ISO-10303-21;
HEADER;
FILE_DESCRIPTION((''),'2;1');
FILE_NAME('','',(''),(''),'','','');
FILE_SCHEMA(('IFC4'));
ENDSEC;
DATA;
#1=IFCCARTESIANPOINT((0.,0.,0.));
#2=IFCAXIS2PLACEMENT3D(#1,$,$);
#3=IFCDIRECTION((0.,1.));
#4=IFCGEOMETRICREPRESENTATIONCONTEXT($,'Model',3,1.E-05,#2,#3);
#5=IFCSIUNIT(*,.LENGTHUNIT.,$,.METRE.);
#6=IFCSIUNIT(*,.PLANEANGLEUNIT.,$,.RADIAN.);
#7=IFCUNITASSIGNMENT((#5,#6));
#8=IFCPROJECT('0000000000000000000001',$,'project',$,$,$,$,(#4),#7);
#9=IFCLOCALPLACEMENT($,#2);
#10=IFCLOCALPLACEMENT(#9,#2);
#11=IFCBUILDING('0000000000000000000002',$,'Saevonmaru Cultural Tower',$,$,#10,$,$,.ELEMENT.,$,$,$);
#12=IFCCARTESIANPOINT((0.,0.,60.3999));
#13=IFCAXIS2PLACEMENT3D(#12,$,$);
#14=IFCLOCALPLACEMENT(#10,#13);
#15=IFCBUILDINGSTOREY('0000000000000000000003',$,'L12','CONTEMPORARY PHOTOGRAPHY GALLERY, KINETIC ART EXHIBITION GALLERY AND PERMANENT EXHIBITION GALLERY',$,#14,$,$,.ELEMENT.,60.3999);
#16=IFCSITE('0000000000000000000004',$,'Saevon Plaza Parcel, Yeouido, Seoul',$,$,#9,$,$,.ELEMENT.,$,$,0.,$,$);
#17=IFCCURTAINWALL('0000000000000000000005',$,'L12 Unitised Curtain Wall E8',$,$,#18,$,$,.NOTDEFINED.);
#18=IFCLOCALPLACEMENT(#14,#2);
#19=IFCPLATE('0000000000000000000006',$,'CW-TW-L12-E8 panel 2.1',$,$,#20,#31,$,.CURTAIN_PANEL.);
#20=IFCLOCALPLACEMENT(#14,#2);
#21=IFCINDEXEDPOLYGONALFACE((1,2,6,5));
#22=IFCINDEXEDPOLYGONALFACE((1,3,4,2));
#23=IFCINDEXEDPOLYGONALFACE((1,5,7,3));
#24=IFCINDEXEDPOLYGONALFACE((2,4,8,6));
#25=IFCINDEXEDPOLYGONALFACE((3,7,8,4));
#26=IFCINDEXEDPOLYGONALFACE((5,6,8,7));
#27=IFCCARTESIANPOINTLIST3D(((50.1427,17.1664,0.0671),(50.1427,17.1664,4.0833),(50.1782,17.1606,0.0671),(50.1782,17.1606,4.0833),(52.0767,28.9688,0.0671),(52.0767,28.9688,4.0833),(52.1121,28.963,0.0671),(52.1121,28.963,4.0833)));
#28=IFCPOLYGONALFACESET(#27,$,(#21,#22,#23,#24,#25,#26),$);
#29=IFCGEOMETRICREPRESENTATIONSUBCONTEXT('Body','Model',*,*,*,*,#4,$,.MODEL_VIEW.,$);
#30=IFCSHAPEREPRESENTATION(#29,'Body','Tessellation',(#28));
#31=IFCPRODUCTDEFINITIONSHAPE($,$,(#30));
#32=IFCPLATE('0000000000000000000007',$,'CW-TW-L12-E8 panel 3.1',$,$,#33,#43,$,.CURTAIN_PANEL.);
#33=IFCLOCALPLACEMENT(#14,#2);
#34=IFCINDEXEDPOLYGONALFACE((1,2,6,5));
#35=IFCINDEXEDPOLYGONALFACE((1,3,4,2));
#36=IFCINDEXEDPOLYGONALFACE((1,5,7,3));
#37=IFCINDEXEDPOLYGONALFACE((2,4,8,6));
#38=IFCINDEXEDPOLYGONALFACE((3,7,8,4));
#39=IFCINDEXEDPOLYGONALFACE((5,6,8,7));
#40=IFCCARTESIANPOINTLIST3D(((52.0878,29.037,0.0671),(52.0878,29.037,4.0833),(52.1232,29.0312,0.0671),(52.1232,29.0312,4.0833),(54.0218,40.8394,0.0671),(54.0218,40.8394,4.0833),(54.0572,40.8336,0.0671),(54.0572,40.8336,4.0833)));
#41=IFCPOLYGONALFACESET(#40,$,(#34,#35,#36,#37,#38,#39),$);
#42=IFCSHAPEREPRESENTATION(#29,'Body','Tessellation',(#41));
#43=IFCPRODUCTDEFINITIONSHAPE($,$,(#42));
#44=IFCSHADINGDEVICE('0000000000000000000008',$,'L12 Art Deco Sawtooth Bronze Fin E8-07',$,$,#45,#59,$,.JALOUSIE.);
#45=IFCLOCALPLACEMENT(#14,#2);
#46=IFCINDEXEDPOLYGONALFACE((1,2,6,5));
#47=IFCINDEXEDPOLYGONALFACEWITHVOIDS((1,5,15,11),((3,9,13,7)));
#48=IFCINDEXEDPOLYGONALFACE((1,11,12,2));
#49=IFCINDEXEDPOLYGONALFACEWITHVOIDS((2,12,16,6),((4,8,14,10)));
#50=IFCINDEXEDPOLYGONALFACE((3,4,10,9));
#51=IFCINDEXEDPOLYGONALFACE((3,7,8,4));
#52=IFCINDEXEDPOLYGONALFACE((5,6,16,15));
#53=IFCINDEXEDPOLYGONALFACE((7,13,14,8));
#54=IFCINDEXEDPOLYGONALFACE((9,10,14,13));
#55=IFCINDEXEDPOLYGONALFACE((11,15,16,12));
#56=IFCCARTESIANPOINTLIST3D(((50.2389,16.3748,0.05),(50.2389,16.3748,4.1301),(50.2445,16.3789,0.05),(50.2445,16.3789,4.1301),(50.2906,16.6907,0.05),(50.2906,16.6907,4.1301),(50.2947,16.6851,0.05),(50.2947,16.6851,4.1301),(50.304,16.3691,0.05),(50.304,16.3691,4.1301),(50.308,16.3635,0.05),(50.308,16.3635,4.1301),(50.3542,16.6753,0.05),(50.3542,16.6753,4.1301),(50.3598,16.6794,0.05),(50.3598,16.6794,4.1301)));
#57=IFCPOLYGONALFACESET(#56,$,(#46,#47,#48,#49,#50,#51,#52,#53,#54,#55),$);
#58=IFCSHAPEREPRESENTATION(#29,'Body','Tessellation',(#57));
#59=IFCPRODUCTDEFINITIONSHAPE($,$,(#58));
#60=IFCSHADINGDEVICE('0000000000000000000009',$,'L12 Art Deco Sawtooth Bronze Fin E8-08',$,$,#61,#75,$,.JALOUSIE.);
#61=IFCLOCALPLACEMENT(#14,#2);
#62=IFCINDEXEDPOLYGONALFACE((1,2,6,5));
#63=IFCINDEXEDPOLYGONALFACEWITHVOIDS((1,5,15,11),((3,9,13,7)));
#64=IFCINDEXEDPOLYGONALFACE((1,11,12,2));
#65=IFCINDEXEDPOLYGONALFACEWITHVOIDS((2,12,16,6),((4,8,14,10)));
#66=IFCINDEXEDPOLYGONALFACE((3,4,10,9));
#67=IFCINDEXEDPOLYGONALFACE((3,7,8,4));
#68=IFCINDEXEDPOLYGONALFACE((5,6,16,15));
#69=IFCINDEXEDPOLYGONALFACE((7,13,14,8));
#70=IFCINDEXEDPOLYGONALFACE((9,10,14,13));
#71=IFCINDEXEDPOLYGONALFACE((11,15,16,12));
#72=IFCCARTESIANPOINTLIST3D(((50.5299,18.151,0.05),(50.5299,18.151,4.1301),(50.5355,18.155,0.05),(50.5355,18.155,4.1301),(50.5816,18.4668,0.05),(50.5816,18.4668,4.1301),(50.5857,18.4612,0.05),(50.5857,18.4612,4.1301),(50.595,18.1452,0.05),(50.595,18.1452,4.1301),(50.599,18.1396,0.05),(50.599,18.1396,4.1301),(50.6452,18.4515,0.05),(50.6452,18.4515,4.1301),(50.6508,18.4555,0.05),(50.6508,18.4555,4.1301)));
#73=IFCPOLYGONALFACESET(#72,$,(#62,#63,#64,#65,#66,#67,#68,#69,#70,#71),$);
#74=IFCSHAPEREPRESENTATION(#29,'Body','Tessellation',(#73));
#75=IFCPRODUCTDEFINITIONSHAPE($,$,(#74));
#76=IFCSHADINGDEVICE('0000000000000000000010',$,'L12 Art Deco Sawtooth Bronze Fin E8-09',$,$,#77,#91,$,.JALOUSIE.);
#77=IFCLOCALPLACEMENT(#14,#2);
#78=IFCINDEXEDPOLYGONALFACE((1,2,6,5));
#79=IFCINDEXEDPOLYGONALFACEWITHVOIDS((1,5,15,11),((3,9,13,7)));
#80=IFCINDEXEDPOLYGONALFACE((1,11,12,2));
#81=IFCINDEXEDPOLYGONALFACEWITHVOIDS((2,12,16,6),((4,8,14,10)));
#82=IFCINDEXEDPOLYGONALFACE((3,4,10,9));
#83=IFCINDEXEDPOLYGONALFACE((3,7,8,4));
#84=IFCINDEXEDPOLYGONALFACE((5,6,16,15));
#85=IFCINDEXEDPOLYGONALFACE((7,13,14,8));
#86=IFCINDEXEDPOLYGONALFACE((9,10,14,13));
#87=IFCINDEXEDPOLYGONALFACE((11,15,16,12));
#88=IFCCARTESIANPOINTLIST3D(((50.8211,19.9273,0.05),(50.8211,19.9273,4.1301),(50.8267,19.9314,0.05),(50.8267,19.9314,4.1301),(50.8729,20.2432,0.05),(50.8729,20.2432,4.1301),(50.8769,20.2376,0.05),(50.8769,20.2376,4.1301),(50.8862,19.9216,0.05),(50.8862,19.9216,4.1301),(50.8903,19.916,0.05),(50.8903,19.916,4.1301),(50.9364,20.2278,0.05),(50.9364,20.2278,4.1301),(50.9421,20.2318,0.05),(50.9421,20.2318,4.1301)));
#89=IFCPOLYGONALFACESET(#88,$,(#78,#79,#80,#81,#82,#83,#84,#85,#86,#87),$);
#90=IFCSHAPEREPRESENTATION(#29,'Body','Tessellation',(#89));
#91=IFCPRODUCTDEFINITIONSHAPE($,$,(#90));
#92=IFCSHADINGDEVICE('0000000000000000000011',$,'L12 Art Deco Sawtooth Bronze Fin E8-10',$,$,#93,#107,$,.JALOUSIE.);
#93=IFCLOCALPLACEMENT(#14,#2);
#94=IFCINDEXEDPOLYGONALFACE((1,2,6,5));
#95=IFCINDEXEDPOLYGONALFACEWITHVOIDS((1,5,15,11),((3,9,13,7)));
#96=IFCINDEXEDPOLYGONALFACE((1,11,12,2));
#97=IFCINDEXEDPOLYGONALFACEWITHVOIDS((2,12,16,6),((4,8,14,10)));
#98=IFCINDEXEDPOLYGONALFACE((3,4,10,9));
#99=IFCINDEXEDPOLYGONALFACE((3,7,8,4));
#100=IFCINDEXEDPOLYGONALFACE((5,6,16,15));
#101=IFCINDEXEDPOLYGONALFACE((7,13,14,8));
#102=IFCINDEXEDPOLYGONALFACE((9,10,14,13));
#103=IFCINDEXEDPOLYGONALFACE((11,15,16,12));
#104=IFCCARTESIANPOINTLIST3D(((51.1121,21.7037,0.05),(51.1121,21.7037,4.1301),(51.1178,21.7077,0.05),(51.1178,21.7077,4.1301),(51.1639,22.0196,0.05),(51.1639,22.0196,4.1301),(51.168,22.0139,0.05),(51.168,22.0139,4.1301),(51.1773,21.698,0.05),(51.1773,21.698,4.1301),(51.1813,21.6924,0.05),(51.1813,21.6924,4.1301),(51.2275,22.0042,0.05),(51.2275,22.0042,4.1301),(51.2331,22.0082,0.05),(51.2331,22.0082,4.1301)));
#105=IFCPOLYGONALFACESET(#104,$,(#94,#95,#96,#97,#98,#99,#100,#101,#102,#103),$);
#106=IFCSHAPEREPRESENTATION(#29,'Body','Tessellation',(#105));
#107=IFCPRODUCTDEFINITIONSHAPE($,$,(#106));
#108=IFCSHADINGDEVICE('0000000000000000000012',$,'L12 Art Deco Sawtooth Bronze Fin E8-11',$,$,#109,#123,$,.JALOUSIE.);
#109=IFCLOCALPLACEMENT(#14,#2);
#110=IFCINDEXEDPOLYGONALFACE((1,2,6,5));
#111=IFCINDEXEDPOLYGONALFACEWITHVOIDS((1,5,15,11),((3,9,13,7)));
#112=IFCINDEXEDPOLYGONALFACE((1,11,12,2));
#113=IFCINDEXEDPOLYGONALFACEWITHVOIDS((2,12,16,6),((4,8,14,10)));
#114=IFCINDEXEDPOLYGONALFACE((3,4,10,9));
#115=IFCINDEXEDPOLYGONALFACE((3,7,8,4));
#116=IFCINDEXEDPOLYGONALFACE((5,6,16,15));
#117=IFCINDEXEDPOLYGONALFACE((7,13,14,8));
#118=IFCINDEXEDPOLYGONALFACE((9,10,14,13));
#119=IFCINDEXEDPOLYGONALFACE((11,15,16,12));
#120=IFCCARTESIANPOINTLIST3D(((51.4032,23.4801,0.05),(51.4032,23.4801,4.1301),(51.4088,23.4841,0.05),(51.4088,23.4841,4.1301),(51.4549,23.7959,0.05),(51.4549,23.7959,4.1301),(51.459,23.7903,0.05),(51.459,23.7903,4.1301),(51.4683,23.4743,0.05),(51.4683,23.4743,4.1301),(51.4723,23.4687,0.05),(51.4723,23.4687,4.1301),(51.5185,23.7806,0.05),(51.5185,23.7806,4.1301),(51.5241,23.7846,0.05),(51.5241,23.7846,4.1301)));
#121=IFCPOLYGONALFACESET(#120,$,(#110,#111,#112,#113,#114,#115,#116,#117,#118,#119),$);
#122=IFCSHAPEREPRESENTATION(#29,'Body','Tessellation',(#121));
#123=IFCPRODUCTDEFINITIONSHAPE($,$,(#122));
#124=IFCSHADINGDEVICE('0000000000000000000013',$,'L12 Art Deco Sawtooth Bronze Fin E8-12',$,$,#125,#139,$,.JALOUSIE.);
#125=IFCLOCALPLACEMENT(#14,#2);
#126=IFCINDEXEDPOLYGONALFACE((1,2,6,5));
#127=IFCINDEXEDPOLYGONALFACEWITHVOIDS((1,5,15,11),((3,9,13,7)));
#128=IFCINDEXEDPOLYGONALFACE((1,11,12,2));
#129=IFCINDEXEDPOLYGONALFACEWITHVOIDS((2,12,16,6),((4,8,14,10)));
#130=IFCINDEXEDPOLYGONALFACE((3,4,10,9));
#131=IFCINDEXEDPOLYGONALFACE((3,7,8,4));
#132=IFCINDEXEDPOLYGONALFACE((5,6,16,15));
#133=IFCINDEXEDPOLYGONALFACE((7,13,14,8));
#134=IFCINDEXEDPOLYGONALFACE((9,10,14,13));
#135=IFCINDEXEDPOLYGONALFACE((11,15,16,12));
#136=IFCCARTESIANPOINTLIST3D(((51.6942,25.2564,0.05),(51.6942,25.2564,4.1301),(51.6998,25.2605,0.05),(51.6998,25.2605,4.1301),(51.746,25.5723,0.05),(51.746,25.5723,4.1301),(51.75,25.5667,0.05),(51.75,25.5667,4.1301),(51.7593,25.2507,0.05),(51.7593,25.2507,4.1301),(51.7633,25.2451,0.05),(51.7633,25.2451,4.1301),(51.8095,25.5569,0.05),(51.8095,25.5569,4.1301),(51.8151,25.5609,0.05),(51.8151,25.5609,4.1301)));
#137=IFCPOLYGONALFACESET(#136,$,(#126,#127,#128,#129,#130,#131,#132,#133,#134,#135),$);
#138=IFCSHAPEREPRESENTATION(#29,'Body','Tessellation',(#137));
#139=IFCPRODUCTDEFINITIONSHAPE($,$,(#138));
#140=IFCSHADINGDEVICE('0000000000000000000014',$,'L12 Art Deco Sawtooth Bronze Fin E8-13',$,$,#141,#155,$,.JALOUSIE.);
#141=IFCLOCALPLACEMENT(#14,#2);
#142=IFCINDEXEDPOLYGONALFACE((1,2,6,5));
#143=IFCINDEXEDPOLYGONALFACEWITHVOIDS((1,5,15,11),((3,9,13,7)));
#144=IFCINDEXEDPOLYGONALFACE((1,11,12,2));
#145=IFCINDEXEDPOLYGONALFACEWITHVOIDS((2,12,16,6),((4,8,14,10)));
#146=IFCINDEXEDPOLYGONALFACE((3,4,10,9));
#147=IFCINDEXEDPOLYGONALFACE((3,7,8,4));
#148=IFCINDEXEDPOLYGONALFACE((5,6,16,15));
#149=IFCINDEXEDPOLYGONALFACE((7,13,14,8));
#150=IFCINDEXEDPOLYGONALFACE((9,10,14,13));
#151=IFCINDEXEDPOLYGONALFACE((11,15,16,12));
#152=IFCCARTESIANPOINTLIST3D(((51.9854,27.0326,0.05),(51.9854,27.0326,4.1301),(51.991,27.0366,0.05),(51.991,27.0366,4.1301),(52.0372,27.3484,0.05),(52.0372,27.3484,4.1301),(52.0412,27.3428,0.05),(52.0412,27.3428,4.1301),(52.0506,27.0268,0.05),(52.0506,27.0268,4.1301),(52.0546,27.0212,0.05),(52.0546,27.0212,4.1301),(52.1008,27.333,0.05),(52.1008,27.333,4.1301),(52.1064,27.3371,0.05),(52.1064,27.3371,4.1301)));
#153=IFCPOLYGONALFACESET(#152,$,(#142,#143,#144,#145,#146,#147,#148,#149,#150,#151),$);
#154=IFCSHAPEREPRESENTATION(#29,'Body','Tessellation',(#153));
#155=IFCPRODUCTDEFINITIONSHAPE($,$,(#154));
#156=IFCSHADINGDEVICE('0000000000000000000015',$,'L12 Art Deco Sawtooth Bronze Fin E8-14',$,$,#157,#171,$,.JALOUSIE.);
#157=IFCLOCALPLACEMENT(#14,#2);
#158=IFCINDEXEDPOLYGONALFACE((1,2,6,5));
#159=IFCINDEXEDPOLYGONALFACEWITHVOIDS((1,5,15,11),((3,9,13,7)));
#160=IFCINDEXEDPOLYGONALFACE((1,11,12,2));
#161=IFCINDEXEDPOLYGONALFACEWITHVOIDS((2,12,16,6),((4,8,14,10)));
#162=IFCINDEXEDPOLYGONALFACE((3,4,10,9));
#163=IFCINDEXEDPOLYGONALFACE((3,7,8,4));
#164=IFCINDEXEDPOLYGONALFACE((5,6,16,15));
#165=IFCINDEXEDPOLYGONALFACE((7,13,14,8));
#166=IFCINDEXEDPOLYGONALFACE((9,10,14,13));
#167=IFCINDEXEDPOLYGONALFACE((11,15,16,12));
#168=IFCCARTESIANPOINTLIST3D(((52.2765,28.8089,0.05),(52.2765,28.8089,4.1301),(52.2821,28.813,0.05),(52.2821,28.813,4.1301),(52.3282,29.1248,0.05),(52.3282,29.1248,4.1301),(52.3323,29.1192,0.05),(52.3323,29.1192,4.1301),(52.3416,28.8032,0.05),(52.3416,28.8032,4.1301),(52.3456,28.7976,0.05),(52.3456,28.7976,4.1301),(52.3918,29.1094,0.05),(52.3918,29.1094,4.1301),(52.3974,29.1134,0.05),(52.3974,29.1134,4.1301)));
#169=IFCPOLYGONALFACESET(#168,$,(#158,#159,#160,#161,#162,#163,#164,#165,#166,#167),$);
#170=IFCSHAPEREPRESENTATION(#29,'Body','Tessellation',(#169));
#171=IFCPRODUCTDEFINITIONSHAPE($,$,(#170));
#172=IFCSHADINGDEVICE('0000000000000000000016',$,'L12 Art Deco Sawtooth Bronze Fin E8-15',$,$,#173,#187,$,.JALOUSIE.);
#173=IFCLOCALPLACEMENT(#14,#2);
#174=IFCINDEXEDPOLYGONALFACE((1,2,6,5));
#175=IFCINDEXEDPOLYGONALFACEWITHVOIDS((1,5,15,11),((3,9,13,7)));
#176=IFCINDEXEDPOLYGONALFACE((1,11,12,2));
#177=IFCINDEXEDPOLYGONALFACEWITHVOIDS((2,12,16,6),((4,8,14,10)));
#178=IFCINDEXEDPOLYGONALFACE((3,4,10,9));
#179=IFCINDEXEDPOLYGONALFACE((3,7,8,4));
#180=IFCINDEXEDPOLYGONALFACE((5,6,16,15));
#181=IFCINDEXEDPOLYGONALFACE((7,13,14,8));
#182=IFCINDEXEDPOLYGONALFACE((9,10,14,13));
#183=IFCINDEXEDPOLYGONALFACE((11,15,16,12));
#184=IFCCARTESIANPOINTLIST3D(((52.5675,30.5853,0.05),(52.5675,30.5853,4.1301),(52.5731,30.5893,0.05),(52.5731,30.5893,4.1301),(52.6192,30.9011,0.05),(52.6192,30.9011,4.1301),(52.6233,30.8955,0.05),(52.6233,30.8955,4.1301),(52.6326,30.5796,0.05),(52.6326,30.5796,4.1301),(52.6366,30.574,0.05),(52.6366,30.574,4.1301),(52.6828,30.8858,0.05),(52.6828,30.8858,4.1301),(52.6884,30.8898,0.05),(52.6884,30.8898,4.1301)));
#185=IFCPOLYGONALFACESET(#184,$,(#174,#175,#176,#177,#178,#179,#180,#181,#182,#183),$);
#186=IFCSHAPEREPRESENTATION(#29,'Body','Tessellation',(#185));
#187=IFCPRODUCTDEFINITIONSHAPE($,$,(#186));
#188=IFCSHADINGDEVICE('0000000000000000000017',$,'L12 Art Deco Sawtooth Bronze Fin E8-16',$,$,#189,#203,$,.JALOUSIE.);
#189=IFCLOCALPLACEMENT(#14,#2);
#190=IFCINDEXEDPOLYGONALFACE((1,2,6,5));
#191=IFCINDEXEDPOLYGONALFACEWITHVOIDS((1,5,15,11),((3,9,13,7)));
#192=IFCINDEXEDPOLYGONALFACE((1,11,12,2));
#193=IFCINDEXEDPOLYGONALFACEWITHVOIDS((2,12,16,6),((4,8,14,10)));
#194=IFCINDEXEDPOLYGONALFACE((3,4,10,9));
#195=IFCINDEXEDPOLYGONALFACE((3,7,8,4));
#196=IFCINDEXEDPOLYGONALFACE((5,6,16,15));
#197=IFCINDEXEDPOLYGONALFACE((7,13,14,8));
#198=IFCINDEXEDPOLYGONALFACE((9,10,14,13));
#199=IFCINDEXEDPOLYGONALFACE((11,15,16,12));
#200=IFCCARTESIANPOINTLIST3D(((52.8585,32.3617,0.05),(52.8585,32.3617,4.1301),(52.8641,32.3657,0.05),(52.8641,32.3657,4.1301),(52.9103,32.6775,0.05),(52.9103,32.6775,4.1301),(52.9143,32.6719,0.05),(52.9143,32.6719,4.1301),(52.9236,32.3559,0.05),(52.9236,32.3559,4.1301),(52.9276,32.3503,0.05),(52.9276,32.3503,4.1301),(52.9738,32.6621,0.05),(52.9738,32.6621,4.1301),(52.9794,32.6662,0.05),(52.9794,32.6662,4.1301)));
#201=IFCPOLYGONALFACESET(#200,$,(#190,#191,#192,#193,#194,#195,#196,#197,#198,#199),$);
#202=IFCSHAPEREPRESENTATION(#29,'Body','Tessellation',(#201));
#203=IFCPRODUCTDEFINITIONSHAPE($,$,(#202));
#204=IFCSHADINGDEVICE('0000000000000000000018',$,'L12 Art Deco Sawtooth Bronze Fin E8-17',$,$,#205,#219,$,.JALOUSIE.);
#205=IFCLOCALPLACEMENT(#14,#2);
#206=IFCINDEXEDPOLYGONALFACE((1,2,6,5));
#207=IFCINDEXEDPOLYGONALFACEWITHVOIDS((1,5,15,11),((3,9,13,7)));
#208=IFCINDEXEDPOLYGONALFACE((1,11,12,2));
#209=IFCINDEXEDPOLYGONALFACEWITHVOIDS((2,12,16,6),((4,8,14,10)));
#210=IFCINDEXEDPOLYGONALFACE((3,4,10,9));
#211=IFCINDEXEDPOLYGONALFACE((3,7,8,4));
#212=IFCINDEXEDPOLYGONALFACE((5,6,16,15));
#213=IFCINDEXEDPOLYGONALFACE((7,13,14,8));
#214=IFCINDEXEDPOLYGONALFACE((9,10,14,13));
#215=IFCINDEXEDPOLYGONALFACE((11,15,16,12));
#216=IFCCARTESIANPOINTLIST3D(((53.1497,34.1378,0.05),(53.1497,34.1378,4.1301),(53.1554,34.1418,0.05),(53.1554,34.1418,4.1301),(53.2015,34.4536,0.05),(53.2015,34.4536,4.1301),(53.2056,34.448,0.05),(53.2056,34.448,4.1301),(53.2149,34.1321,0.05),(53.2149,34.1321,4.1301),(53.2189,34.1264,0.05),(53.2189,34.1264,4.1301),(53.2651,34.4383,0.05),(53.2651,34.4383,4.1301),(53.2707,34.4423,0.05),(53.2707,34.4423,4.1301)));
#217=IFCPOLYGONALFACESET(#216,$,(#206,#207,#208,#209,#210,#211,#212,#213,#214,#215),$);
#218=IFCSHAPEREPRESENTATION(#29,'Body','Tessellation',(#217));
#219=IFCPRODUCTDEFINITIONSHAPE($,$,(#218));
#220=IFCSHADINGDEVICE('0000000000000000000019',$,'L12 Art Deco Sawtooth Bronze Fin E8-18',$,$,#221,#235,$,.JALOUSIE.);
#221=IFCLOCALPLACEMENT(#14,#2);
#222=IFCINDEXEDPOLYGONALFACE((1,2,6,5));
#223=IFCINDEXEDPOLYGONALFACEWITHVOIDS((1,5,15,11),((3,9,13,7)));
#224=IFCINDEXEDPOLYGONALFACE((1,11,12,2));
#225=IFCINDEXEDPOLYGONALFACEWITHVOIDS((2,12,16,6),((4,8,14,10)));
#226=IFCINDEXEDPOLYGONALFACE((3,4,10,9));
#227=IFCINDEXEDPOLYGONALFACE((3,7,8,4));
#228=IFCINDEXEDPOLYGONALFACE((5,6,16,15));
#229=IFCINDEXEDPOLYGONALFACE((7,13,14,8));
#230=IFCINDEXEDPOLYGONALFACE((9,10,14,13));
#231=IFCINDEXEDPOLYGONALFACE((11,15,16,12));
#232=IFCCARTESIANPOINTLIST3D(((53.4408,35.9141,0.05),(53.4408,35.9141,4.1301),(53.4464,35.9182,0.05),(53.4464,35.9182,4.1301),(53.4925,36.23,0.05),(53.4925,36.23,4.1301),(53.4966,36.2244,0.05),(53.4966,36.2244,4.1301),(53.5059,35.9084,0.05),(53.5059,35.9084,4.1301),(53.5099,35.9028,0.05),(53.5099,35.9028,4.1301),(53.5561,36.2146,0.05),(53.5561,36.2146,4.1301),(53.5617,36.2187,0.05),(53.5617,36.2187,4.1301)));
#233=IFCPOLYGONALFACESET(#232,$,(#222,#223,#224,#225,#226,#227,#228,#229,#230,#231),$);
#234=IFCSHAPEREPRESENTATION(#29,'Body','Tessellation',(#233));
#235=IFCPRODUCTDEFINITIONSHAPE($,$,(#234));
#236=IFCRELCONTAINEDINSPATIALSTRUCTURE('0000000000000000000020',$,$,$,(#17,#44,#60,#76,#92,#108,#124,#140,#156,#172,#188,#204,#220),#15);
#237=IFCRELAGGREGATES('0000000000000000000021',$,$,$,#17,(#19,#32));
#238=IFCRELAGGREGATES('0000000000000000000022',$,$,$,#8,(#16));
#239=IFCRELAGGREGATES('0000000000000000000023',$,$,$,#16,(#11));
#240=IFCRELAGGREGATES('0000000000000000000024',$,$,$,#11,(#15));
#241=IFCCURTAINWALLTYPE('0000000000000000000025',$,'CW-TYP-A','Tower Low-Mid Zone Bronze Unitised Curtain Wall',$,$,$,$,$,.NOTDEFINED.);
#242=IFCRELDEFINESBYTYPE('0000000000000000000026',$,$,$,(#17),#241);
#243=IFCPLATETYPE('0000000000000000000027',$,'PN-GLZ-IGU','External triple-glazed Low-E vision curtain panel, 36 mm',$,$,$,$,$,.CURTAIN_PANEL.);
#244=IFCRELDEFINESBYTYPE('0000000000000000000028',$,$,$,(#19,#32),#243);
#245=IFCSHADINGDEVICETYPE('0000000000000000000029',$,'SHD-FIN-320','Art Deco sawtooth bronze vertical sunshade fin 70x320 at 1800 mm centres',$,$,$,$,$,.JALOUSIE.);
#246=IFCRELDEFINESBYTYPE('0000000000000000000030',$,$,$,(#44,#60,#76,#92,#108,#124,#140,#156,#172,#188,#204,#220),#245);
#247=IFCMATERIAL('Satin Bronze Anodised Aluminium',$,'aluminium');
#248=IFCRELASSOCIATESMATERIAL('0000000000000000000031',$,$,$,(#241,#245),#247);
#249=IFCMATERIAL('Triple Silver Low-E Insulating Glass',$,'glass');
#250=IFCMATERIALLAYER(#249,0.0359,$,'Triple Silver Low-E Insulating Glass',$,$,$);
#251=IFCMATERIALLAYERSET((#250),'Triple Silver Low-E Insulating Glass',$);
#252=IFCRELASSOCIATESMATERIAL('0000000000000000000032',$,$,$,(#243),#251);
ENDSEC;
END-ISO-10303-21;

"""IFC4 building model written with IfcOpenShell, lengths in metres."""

from ifc_helpers import new_model, si_unit, direction, frame, origin, origin_2d, place, context, subcontext, project, spatial, rectangle, hollow_rectangle, extrude, material, layer, layer_set, material_profile, profile_set, type_object, element, aggregate, save


model = new_model("IFC4")

# Units and contexts
model_context = context("Model", 3, precision=1e-05, world=origin(), true_north=direction((0.0, 1.0)))
body_context = subcontext(model_context, "Body", "Model", "MODEL_VIEW")
ifc_project = project(units=[si_unit("LENGTHUNIT", "METRE"), si_unit("PLANEANGLEUNIT", "RADIAN")], contexts=[model_context])

# Site, building, storey
site_placement = place(None, origin())
site = spatial("IfcSite", under=ifc_project, at=site_placement, Name="Saevon Plaza Parcel, Yeouido, Seoul", CompositionType="ELEMENT", RefElevation=0.0)
building_placement = place(site_placement, origin())
building = spatial("IfcBuilding", under=site, at=building_placement, Name="Saevonmaru Cultural Tower", CompositionType="ELEMENT")
storey_placement = place(building_placement, frame((0.0, 0.0, 60.3999)))
storey = spatial("IfcBuildingStorey", under=building, at=storey_placement, Name="L12", Description="CONTEMPORARY PHOTOGRAPHY GALLERY, KINETIC ART EXHIBITION GALLERY AND PERMANENT EXHIBITION GALLERY", CompositionType="ELEMENT", Elevation=60.3999)

# Curtain wall, plates
ifc_material_1 = material(Name="Satin Bronze Anodised Aluminium", Category="aluminium")
curtain_wall_type = type_object("IfcCurtainWallType", Name="CW-TYP-A", Description="Tower Low-Mid Zone Bronze Unitised Curtain Wall", PredefinedType="NOTDEFINED", material=ifc_material_1)
curtain_wall_placement = place(storey_placement, origin())
curtain_wall = element("IfcCurtainWall", 1, at=curtain_wall_placement, inside=storey, type_object=curtain_wall_type, Name="L12 Unitised Curtain Wall E8", PredefinedType="NOTDEFINED")
ifc_material_2 = material(Name="Triple Silver Low-E Insulating Glass", Category="glass")
ifc_layer_1 = layer(ifc_material_2, 0.0359, Name="Triple Silver Low-E Insulating Glass")
ifc_layer_set_1 = layer_set([ifc_layer_1], Name="Triple Silver Low-E Insulating Glass")
plate_type = type_object("IfcPlateType", Name="PN-GLZ-IGU", Description="External triple-glazed Low-E vision curtain panel, 36 mm", PredefinedType="CURTAIN_PANEL", material=ifc_layer_set_1)
plate_1_placement = place(storey_placement, frame((51.1274, 23.0647, 0.0671), z_axis=(0.0, 0.0, 1.0), x_axis=(0.161709, 0.986839, 0.0)))
plate_1 = element("IfcPlate", 2, at=plate_1_placement, type_object=plate_type, Name="CW-TW-L12-E8 panel 2.1", PredefinedType="CURTAIN_PANEL", context=body_context, shape_type="SweptSolid", body=[
    extrude(rectangle(XDim=11.9597, YDim=0.0359, at=origin_2d()), origin(), (0.0, 0.0, 1.0), 4.0161),
])
plate_2_placement = place(storey_placement, frame((53.0725, 34.9353, 0.0671), z_axis=(0.0, 0.0, 1.0), x_axis=(0.161709, 0.986839, 0.0)))
plate_2 = element("IfcPlate", 3, at=plate_2_placement, type_object=plate_type, Name="CW-TW-L12-E8 panel 3.1", PredefinedType="CURTAIN_PANEL", context=body_context, shape_type="SweptSolid", body=[
    extrude(rectangle(XDim=11.9597, YDim=0.0359, at=origin_2d()), origin(), (0.0, 0.0, 1.0), 4.0161),
])
aggregate(curtain_wall, [plate_1, plate_2])

# Shading devices
ifc_material_profile_1 = material_profile(ifc_material_1, hollow_rectangle(XDim=0.0701, YDim=0.3201, WallThickness=0.0049, at=origin_2d()), Name="FIN-320x70")
ifc_profile_set_1 = profile_set([ifc_material_profile_1], Name="Satin Bronze Anodised Aluminium")
shading_device_type = type_object("IfcShadingDeviceType", Name="SHD-FIN-320", Description="Art Deco sawtooth bronze vertical sunshade fin 70x320 at 1800 mm centres", PredefinedType="JALOUSIE", material=ifc_profile_set_1)
for number, where, z_axis, x_axis, name in (
    (4, (50.2993, 16.5271, 0.05), (0.0, 0.0, 1.0), (0.986827, -0.161776, 0.0), "L12 Art Deco Sawtooth Bronze Fin E8-07"),
    (5, (50.5903, 18.3032, 0.05), (0.0, 0.0, 1.0), (0.986827, -0.161776, 0.0), "L12 Art Deco Sawtooth Bronze Fin E8-08"),
    (6, (50.8816, 20.0796, 0.05), (0.0, 0.0, 1.0), (0.986827, -0.161776, 0.0), "L12 Art Deco Sawtooth Bronze Fin E8-09"),
    (7, (51.1726, 21.856, 0.05), (0.0, 0.0, 1.0), (0.986827, -0.161776, 0.0), "L12 Art Deco Sawtooth Bronze Fin E8-10"),
    (8, (51.4636, 23.6323, 0.05), (0.0, 0.0, 1.0), (0.986827, -0.161776, 0.0), "L12 Art Deco Sawtooth Bronze Fin E8-11"),
    (9, (51.7546, 25.4087, 0.05), (0.0, 0.0, 1.0), (0.986827, -0.161776, 0.0), "L12 Art Deco Sawtooth Bronze Fin E8-12"),
    (10, (52.0459, 27.1848, 0.05), (0.0, 0.0, 1.0), (0.986827, -0.161776, 0.0), "L12 Art Deco Sawtooth Bronze Fin E8-13"),
    (11, (52.3369, 28.9612, 0.05), (0.0, 0.0, 1.0), (0.986827, -0.161776, 0.0), "L12 Art Deco Sawtooth Bronze Fin E8-14"),
    (12, (52.6279, 30.7375, 0.05), (0.0, 0.0, 1.0), (0.986827, -0.161776, 0.0), "L12 Art Deco Sawtooth Bronze Fin E8-15"),
    (13, (52.9189, 32.5139, 0.05), (0.0, 0.0, 1.0), (0.986827, -0.161776, 0.0), "L12 Art Deco Sawtooth Bronze Fin E8-16"),
    (14, (53.2102, 34.29, 0.05), (0.0, 0.0, 1.0), (0.986827, -0.161776, 0.0), "L12 Art Deco Sawtooth Bronze Fin E8-17"),
    (15, (53.5012, 36.0664, 0.05), (0.0, 0.0, 1.0), (0.986827, -0.161776, 0.0), "L12 Art Deco Sawtooth Bronze Fin E8-18"),
):
    element("IfcShadingDevice", number, at=place(storey_placement, frame(where, z_axis=z_axis, x_axis=x_axis)), inside=storey, type_object=shading_device_type, Name=name, PredefinedType="JALOUSIE", context=body_context, shape_type="SweptSolid", body=[
        extrude(hollow_rectangle(XDim=0.0701, YDim=0.3201, WallThickness=0.0049, at=origin_2d()), origin(), (0.0, 0.0, 1.0), 4.0801),
    ])

save(model, "model.ifc")
